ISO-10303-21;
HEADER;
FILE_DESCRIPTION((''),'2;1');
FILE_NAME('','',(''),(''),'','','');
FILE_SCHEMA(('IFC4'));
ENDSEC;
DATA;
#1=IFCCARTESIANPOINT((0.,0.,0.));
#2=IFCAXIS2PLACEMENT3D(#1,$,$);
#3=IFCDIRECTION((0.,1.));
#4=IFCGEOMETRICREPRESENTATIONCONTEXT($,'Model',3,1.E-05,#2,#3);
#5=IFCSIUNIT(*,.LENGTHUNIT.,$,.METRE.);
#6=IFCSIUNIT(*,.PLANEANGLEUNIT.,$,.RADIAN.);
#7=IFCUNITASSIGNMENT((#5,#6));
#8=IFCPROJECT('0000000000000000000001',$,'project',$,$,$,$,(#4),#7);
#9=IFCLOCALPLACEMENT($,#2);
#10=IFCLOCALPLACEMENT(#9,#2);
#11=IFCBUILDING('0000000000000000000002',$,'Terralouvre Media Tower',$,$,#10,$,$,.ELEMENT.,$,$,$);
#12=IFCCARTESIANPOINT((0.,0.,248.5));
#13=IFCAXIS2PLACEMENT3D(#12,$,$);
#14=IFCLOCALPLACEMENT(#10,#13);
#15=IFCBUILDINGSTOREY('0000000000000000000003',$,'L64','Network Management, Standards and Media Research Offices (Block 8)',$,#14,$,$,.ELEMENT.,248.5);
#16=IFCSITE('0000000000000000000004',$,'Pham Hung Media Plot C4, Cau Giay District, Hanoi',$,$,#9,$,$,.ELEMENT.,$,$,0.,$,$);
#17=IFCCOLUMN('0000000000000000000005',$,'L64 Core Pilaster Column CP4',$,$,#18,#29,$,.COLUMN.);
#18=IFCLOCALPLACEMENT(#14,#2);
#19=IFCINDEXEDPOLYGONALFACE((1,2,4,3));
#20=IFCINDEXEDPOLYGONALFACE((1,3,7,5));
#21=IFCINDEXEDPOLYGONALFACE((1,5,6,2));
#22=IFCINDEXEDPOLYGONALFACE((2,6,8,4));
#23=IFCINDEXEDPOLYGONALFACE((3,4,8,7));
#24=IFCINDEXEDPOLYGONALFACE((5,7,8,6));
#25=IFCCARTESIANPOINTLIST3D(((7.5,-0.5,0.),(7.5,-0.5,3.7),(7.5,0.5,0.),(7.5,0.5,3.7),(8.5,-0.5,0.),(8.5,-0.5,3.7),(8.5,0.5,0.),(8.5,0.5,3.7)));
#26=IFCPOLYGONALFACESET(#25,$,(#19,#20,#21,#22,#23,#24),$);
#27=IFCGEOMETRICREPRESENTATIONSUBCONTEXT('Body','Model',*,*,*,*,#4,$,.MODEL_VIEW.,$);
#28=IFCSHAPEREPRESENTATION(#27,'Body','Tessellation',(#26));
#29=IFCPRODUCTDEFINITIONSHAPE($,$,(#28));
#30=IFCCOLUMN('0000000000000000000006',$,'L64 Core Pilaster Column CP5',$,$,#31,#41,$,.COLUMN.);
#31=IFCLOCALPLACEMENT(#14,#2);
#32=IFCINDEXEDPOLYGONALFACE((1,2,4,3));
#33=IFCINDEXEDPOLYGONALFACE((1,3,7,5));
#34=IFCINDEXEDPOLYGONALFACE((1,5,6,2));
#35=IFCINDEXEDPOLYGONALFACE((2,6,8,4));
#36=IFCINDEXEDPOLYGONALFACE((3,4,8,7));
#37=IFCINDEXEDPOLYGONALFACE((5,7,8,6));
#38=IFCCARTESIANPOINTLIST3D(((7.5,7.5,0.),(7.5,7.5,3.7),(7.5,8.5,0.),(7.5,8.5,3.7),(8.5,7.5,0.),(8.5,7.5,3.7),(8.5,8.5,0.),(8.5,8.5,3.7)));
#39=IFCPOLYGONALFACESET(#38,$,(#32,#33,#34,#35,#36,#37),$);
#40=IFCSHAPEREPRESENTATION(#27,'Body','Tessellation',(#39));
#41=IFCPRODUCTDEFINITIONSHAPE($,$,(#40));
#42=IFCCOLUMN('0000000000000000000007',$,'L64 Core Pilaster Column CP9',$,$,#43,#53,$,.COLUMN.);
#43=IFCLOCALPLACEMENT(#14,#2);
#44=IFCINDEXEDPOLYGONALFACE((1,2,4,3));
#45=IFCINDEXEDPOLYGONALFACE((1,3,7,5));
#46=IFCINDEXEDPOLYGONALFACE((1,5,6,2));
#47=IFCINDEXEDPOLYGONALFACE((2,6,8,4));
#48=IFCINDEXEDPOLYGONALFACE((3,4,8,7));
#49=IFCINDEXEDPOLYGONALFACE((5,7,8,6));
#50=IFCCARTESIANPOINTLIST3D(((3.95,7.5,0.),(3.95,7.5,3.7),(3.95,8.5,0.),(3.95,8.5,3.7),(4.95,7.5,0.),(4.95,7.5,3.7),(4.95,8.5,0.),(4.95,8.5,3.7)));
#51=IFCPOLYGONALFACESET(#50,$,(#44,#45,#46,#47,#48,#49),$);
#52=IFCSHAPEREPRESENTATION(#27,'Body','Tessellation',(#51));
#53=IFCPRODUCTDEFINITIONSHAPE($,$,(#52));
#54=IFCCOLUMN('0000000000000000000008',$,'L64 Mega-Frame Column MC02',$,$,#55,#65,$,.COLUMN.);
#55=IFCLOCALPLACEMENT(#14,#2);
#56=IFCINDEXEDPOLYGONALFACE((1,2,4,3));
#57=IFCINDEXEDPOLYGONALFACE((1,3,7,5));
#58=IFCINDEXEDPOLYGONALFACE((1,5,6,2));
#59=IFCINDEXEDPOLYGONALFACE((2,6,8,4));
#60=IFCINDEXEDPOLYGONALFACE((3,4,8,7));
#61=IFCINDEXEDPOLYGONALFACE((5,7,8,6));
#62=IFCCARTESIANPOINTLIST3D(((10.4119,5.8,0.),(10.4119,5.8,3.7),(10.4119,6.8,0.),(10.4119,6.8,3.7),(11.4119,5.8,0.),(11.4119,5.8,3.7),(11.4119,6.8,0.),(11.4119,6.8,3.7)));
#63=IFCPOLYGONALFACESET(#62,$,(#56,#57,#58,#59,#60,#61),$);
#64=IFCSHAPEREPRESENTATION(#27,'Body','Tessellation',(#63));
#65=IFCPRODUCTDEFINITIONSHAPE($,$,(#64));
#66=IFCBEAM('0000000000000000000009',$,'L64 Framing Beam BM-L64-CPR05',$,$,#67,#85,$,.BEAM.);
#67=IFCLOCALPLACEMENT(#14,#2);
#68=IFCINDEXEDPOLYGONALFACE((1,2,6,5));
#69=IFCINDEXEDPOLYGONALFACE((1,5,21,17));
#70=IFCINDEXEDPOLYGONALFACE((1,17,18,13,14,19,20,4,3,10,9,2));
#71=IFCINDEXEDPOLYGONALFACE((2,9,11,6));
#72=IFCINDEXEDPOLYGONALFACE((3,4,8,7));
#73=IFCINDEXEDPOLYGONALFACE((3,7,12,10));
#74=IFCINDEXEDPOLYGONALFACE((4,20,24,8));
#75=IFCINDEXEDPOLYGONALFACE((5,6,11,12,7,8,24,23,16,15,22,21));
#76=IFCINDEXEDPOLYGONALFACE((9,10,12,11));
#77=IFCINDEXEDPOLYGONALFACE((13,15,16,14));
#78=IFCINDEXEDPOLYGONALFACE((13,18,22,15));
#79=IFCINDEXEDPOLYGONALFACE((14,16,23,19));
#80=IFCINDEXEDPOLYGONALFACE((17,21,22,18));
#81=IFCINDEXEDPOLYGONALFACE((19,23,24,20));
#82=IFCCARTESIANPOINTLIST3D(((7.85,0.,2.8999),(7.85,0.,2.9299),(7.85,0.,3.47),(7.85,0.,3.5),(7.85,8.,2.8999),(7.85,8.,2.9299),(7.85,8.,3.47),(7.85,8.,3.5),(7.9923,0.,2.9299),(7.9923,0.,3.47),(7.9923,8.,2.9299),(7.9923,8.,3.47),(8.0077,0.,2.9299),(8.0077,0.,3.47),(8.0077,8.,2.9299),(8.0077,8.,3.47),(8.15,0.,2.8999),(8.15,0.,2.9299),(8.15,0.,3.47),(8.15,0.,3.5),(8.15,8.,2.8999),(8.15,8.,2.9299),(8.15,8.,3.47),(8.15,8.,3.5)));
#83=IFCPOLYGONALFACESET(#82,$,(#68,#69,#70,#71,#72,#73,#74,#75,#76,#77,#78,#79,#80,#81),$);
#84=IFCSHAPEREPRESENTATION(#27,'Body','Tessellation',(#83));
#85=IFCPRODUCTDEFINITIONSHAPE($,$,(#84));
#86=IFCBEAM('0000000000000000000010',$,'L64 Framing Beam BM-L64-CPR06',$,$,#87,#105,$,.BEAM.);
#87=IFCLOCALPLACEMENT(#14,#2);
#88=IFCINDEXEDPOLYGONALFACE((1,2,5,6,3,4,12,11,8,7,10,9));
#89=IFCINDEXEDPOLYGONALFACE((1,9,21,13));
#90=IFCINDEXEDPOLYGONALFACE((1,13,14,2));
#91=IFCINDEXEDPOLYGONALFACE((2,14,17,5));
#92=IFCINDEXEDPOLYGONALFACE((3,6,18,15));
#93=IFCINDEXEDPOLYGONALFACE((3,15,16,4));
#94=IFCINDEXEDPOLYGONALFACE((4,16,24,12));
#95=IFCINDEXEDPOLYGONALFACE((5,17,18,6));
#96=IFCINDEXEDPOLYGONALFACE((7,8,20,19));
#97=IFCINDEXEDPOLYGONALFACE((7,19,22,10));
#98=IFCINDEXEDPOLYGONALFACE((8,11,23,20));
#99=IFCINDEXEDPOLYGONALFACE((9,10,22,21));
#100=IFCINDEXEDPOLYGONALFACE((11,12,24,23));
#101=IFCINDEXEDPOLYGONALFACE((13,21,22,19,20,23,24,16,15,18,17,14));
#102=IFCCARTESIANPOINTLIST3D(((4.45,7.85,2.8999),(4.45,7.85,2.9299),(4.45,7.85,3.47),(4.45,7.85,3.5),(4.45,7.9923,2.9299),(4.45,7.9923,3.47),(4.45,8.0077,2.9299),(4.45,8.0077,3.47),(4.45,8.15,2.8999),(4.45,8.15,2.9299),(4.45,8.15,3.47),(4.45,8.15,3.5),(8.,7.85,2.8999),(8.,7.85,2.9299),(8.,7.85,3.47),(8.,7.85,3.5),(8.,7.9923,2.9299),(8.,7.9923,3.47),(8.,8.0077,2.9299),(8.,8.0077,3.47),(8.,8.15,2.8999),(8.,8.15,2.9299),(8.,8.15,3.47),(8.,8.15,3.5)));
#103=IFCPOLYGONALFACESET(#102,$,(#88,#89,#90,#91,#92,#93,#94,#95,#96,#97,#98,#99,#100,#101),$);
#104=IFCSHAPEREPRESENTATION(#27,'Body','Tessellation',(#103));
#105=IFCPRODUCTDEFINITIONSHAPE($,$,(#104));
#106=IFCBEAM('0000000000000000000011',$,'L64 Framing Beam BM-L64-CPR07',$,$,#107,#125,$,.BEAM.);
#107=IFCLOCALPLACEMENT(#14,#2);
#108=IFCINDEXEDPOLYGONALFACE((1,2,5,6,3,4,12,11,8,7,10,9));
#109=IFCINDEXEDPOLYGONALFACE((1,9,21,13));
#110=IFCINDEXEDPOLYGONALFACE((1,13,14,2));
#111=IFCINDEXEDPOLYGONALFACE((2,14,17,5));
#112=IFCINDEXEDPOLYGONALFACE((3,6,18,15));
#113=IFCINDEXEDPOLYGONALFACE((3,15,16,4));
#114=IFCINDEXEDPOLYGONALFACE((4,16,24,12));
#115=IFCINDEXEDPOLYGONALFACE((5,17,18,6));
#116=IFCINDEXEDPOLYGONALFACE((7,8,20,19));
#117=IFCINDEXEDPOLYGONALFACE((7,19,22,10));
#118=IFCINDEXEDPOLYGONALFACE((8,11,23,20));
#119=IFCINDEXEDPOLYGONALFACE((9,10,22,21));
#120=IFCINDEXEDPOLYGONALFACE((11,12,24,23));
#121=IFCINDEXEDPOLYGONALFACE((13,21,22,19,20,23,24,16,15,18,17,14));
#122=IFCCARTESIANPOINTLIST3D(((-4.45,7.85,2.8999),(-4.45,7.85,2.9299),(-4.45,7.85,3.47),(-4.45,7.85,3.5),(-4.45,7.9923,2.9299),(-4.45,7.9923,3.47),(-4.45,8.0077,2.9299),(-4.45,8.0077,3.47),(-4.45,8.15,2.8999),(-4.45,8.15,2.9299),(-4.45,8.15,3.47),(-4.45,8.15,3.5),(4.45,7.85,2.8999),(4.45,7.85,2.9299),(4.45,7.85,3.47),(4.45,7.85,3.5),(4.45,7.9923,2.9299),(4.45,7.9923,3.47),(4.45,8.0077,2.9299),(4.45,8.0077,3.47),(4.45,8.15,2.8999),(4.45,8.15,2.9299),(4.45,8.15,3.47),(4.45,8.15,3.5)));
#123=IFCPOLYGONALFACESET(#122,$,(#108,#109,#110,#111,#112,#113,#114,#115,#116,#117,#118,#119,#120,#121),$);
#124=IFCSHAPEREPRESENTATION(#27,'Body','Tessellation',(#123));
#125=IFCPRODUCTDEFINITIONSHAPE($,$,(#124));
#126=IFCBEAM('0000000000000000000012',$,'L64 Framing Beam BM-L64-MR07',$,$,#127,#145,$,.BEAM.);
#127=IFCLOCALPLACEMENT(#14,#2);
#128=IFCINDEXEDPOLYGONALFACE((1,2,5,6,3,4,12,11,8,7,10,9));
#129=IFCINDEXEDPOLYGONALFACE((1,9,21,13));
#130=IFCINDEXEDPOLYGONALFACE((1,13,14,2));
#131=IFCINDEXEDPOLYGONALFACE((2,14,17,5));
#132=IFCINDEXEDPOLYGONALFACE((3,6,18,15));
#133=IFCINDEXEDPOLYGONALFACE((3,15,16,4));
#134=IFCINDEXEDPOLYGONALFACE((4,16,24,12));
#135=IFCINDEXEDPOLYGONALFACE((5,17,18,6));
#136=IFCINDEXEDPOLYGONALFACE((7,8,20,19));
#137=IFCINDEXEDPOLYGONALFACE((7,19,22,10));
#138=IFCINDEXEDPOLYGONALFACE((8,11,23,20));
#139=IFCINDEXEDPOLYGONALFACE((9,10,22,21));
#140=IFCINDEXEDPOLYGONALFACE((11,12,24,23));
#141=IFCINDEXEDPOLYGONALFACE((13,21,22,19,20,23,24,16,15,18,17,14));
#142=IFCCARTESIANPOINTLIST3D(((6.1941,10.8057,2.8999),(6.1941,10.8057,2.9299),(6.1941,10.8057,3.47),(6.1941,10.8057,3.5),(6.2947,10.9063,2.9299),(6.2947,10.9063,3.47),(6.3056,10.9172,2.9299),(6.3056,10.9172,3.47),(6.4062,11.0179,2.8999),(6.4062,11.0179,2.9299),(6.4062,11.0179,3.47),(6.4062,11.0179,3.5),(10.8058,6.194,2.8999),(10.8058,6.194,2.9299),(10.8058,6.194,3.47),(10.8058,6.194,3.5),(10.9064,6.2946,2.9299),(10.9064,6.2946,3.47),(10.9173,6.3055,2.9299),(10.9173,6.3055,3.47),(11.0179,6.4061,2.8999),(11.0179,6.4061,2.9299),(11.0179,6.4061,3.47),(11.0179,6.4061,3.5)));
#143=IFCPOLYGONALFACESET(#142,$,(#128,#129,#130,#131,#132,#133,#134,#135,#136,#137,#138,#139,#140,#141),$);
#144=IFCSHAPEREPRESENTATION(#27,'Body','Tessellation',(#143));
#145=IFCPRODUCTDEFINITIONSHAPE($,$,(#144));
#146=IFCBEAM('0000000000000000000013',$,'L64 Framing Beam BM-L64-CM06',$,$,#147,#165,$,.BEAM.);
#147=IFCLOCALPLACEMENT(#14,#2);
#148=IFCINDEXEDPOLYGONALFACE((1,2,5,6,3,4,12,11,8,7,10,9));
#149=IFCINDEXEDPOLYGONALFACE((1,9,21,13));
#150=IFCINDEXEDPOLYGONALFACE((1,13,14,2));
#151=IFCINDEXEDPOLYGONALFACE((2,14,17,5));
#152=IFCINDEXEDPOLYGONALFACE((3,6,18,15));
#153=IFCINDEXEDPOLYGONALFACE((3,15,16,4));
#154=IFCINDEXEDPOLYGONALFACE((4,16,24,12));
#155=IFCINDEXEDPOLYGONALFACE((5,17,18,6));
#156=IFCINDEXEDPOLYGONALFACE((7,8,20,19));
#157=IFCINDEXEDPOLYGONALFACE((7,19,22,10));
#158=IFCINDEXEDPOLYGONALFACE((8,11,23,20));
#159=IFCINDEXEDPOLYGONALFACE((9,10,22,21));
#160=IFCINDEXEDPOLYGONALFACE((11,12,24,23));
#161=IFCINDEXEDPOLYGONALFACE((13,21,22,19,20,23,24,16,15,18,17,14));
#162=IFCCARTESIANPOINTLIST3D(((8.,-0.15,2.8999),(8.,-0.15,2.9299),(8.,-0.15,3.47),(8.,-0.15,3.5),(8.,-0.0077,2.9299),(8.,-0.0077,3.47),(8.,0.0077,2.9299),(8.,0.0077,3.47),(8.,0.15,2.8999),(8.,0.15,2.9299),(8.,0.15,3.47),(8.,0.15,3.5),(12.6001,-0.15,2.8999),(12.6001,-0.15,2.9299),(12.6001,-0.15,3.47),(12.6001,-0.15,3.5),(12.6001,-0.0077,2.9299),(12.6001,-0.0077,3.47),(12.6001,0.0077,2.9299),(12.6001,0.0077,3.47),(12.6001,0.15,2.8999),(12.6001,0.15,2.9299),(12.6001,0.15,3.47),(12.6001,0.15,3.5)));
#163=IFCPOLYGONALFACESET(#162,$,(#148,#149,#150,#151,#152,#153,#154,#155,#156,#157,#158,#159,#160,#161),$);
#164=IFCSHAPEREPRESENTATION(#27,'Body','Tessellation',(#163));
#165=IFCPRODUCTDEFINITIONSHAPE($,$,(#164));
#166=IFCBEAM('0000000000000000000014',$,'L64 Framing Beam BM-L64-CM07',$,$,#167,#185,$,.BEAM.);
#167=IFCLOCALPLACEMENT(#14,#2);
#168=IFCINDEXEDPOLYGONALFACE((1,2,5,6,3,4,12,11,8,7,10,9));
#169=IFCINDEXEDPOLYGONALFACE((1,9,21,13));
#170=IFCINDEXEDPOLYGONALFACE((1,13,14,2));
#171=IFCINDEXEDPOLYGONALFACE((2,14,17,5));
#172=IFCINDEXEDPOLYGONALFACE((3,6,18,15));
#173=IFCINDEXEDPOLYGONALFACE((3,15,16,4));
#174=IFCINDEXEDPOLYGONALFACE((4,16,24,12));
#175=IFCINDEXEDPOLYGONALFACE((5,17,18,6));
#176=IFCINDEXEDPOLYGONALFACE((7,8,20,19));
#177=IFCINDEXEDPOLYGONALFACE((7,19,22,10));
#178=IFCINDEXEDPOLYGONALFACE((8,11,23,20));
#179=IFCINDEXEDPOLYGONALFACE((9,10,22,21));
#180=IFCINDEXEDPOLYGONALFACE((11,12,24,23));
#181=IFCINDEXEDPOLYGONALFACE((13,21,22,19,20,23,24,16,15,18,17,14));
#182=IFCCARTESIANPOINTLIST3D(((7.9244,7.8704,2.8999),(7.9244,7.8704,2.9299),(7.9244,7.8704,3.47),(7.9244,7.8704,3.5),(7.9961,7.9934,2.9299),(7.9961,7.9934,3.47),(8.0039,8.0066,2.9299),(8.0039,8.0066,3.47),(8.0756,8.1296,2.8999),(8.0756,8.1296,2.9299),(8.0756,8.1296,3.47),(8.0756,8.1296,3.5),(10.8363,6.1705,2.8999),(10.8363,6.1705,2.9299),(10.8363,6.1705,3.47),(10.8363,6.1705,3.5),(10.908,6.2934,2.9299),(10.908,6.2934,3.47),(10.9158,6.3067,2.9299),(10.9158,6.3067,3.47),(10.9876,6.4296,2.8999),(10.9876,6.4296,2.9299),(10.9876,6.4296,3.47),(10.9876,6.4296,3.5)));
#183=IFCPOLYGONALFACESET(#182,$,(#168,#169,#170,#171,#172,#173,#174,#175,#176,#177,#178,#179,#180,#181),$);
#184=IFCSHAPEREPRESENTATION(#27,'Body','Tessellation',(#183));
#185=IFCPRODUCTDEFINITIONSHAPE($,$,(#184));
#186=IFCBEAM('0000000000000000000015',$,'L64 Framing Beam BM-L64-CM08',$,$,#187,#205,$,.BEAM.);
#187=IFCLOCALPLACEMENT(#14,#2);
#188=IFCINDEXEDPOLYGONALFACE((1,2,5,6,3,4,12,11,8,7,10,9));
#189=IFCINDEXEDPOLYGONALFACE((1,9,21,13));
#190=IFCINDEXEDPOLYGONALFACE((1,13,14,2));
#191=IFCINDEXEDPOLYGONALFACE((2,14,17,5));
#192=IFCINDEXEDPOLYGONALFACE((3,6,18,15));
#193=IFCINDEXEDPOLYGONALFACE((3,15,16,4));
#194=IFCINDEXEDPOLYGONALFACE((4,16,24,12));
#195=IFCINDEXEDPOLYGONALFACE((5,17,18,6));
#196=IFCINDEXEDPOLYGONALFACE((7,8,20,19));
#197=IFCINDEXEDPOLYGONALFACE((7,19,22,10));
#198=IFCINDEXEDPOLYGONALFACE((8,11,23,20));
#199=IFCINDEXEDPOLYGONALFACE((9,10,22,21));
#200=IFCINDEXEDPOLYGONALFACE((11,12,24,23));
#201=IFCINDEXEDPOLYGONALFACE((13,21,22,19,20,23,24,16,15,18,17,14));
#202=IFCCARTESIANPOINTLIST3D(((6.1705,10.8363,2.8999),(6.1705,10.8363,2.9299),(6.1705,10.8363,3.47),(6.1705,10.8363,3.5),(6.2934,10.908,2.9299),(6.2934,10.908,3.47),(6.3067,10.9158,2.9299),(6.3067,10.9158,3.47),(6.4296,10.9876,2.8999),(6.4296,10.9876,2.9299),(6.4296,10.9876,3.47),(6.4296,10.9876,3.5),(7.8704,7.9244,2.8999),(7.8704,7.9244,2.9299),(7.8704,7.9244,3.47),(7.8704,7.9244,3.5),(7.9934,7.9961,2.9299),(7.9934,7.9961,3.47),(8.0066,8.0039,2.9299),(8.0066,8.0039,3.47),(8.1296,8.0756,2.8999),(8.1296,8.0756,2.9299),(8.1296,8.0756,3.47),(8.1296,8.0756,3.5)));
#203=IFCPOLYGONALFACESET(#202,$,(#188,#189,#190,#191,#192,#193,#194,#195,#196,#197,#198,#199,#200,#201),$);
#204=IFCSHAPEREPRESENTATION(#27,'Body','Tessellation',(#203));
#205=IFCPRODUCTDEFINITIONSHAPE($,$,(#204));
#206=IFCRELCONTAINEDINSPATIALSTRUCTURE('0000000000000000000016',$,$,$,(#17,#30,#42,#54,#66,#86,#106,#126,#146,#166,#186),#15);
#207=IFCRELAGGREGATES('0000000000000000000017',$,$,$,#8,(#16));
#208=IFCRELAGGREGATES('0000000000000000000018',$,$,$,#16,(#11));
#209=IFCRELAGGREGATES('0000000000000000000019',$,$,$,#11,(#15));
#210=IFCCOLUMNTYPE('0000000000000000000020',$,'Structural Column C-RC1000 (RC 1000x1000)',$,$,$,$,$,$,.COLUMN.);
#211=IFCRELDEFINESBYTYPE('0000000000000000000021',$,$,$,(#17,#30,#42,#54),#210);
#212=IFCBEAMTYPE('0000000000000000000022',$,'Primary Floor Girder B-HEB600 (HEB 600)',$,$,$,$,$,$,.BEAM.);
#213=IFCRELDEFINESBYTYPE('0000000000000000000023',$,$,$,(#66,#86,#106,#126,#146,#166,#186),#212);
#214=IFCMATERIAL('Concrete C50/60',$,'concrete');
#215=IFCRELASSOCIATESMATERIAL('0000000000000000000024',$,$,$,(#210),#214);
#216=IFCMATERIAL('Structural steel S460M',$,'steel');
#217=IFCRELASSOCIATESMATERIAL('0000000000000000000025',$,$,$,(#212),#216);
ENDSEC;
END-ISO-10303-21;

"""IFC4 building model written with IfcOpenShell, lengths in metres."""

from ifc_helpers import new_model, si_unit, direction, frame, origin, origin_2d, place, context, subcontext, project, spatial, rectangle, i_section, extrude, material, material_profile, profile_set, type_object, element, save


model = new_model("IFC4")

# Units and contexts
model_context = context("Model", 3, precision=1e-05, world=origin(), true_north=direction((0.0, 1.0)))
body_context = subcontext(model_context, "Body", "Model", "MODEL_VIEW")
ifc_project = project(units=[si_unit("LENGTHUNIT", "METRE"), si_unit("PLANEANGLEUNIT", "RADIAN")], contexts=[model_context])

# Site, building, storey
site_placement = place(None, origin())
site = spatial("IfcSite", under=ifc_project, at=site_placement, Name="Pham Hung Media Plot C4, Cau Giay District, Hanoi", CompositionType="ELEMENT", RefElevation=0.0)
building_placement = place(site_placement, origin())
building = spatial("IfcBuilding", under=site, at=building_placement, Name="Terralouvre Media Tower", CompositionType="ELEMENT")
storey_placement = place(building_placement, frame((0.0, 0.0, 248.5)))
storey = spatial("IfcBuildingStorey", under=building, at=storey_placement, Name="L64", Description="Network Management, Standards and Media Research Offices (Block 8)", CompositionType="ELEMENT", Elevation=248.5)

# Columns
ifc_material_1 = material(Name="Concrete C50/60", Category="concrete")
ifc_material_profile_1 = material_profile(ifc_material_1, rectangle(XDim=1.0, YDim=1.0, at=origin_2d()), Name="RC 1000x1000")
ifc_profile_set_1 = profile_set([ifc_material_profile_1], Name="Concrete C50/60")
column_type = type_object("IfcColumnType", Name="Structural Column C-RC1000 (RC 1000x1000)", PredefinedType="COLUMN", material=ifc_profile_set_1)
for number, where, z_axis, x_axis, name in (
    (1, (8.0, 0.0, 0.0), (0.0, 0.0, 1.0), (1.0, 0.0, 0.0), "L64 Core Pilaster Column CP4"),
    (2, (8.0, 8.0, 0.0), (0.0, 0.0, 1.0), (1.0, 0.0, 0.0), "L64 Core Pilaster Column CP5"),
    (3, (4.45, 8.0, 0.0), (0.0, 0.0, 1.0), (1.0, 0.0, 0.0), "L64 Core Pilaster Column CP9"),
    (4, (10.9119, 6.3, 0.0), (0.0, 0.0, 1.0), (1.0, 0.0, 0.0), "L64 Mega-Frame Column MC02"),
):
    element("IfcColumn", number, at=place(storey_placement, frame(where, z_axis=z_axis, x_axis=x_axis)), inside=storey, type_object=column_type, Name=name, PredefinedType="COLUMN", context=body_context, shape_type="SweptSolid", body=[
        extrude(rectangle(XDim=1.0, YDim=1.0, at=origin_2d()), origin(), (0.0, 0.0, 1.0), 3.7),
    ])

# Beams
ifc_material_2 = material(Name="Structural steel S460M", Category="steel")
ifc_material_profile_2 = material_profile(ifc_material_2, i_section(OverallWidth=0.3, OverallDepth=0.6001, WebThickness=0.0154, FlangeThickness=0.03, at=origin_2d()), Name="HEB 600")
ifc_profile_set_2 = profile_set([ifc_material_profile_2], Name="Structural steel S460M")
beam_type = type_object("IfcBeamType", Name="Primary Floor Girder B-HEB600 (HEB 600)", PredefinedType="BEAM", material=ifc_profile_set_2)
beam_1_placement = place(storey_placement, frame((8.0, 0.0, 3.2), z_axis=(0.0, 1.0, 0.0), x_axis=(-1.0, 0.0, 0.0)))
element("IfcBeam", 5, at=beam_1_placement, inside=storey, type_object=beam_type, Name="L64 Framing Beam BM-L64-CPR05", PredefinedType="BEAM", context=body_context, shape_type="SweptSolid", body=[
    extrude(i_section(OverallWidth=0.3, OverallDepth=0.6001, WebThickness=0.0154, FlangeThickness=0.03, at=origin_2d()), origin(), (0.0, 0.0, 1.0), 8.0),
])
beam_2_placement = place(storey_placement, frame((8.0, 8.0, 3.2), z_axis=(-1.0, 0.0, 0.0), x_axis=(0.0, -1.0, 0.0)))
element("IfcBeam", 6, at=beam_2_placement, inside=storey, type_object=beam_type, Name="L64 Framing Beam BM-L64-CPR06", PredefinedType="BEAM", context=body_context, shape_type="SweptSolid", body=[
    extrude(i_section(OverallWidth=0.3, OverallDepth=0.6001, WebThickness=0.0154, FlangeThickness=0.03, at=origin_2d()), origin(), (0.0, 0.0, 1.0), 3.55),
])
beam_3_placement = place(storey_placement, frame((4.45, 8.0, 3.2), z_axis=(-1.0, 0.0, 0.0), x_axis=(0.0, -1.0, 0.0)))
element("IfcBeam", 7, at=beam_3_placement, inside=storey, type_object=beam_type, Name="L64 Framing Beam BM-L64-CPR07", PredefinedType="BEAM", context=body_context, shape_type="SweptSolid", body=[
    extrude(i_section(OverallWidth=0.3, OverallDepth=0.6001, WebThickness=0.0154, FlangeThickness=0.03, at=origin_2d()), origin(), (0.0, 0.0, 1.0), 8.8999),
])
beam_4_placement = place(storey_placement, frame((10.9119, 6.3, 3.2), z_axis=(-0.707107, 0.707107, 0.0), x_axis=(-0.707107, -0.707107, 0.0)))
element("IfcBeam", 8, at=beam_4_placement, inside=storey, type_object=beam_type, Name="L64 Framing Beam BM-L64-MR07", PredefinedType="BEAM", context=body_context, shape_type="SweptSolid", body=[
    extrude(i_section(OverallWidth=0.3, OverallDepth=0.6001, WebThickness=0.0154, FlangeThickness=0.03, at=origin_2d()), origin(), (0.0, 0.0, 1.0), 6.522),
])
beam_5_placement = place(storey_placement, frame((8.0, 0.0, 3.2), z_axis=(1.0, 0.0, 0.0), x_axis=(0.0, 1.0, 0.0)))
element("IfcBeam", 9, at=beam_5_placement, inside=storey, type_object=beam_type, Name="L64 Framing Beam BM-L64-CM06", PredefinedType="BEAM", context=body_context, shape_type="SweptSolid", body=[
    extrude(i_section(OverallWidth=0.3, OverallDepth=0.6001, WebThickness=0.0154, FlangeThickness=0.03, at=origin_2d()), origin(), (0.0, 0.0, 1.0), 4.6001),
])
for number, where, z_axis, x_axis, name in (
    (10, (8.0, 8.0, 3.2), (0.863603, -0.504173, 0.0), (0.504173, 0.863603, 0.0), "L64 Framing Beam BM-L64-CM07"),
    (11, (8.0, 8.0, 3.2), (-0.504173, 0.863603, 0.0), (-0.863603, -0.504173, 0.0), "L64 Framing Beam BM-L64-CM08"),
):
    element("IfcBeam", number, at=place(storey_placement, frame(where, z_axis=z_axis, x_axis=x_axis)), inside=storey, type_object=beam_type, Name=name, PredefinedType="BEAM", context=body_context, shape_type="SweptSolid", body=[
        extrude(i_section(OverallWidth=0.3, OverallDepth=0.6001, WebThickness=0.0154, FlangeThickness=0.03, at=origin_2d()), origin(), (0.0, 0.0, 1.0), 3.3718),
    ])

save(model, "model.ifc")
